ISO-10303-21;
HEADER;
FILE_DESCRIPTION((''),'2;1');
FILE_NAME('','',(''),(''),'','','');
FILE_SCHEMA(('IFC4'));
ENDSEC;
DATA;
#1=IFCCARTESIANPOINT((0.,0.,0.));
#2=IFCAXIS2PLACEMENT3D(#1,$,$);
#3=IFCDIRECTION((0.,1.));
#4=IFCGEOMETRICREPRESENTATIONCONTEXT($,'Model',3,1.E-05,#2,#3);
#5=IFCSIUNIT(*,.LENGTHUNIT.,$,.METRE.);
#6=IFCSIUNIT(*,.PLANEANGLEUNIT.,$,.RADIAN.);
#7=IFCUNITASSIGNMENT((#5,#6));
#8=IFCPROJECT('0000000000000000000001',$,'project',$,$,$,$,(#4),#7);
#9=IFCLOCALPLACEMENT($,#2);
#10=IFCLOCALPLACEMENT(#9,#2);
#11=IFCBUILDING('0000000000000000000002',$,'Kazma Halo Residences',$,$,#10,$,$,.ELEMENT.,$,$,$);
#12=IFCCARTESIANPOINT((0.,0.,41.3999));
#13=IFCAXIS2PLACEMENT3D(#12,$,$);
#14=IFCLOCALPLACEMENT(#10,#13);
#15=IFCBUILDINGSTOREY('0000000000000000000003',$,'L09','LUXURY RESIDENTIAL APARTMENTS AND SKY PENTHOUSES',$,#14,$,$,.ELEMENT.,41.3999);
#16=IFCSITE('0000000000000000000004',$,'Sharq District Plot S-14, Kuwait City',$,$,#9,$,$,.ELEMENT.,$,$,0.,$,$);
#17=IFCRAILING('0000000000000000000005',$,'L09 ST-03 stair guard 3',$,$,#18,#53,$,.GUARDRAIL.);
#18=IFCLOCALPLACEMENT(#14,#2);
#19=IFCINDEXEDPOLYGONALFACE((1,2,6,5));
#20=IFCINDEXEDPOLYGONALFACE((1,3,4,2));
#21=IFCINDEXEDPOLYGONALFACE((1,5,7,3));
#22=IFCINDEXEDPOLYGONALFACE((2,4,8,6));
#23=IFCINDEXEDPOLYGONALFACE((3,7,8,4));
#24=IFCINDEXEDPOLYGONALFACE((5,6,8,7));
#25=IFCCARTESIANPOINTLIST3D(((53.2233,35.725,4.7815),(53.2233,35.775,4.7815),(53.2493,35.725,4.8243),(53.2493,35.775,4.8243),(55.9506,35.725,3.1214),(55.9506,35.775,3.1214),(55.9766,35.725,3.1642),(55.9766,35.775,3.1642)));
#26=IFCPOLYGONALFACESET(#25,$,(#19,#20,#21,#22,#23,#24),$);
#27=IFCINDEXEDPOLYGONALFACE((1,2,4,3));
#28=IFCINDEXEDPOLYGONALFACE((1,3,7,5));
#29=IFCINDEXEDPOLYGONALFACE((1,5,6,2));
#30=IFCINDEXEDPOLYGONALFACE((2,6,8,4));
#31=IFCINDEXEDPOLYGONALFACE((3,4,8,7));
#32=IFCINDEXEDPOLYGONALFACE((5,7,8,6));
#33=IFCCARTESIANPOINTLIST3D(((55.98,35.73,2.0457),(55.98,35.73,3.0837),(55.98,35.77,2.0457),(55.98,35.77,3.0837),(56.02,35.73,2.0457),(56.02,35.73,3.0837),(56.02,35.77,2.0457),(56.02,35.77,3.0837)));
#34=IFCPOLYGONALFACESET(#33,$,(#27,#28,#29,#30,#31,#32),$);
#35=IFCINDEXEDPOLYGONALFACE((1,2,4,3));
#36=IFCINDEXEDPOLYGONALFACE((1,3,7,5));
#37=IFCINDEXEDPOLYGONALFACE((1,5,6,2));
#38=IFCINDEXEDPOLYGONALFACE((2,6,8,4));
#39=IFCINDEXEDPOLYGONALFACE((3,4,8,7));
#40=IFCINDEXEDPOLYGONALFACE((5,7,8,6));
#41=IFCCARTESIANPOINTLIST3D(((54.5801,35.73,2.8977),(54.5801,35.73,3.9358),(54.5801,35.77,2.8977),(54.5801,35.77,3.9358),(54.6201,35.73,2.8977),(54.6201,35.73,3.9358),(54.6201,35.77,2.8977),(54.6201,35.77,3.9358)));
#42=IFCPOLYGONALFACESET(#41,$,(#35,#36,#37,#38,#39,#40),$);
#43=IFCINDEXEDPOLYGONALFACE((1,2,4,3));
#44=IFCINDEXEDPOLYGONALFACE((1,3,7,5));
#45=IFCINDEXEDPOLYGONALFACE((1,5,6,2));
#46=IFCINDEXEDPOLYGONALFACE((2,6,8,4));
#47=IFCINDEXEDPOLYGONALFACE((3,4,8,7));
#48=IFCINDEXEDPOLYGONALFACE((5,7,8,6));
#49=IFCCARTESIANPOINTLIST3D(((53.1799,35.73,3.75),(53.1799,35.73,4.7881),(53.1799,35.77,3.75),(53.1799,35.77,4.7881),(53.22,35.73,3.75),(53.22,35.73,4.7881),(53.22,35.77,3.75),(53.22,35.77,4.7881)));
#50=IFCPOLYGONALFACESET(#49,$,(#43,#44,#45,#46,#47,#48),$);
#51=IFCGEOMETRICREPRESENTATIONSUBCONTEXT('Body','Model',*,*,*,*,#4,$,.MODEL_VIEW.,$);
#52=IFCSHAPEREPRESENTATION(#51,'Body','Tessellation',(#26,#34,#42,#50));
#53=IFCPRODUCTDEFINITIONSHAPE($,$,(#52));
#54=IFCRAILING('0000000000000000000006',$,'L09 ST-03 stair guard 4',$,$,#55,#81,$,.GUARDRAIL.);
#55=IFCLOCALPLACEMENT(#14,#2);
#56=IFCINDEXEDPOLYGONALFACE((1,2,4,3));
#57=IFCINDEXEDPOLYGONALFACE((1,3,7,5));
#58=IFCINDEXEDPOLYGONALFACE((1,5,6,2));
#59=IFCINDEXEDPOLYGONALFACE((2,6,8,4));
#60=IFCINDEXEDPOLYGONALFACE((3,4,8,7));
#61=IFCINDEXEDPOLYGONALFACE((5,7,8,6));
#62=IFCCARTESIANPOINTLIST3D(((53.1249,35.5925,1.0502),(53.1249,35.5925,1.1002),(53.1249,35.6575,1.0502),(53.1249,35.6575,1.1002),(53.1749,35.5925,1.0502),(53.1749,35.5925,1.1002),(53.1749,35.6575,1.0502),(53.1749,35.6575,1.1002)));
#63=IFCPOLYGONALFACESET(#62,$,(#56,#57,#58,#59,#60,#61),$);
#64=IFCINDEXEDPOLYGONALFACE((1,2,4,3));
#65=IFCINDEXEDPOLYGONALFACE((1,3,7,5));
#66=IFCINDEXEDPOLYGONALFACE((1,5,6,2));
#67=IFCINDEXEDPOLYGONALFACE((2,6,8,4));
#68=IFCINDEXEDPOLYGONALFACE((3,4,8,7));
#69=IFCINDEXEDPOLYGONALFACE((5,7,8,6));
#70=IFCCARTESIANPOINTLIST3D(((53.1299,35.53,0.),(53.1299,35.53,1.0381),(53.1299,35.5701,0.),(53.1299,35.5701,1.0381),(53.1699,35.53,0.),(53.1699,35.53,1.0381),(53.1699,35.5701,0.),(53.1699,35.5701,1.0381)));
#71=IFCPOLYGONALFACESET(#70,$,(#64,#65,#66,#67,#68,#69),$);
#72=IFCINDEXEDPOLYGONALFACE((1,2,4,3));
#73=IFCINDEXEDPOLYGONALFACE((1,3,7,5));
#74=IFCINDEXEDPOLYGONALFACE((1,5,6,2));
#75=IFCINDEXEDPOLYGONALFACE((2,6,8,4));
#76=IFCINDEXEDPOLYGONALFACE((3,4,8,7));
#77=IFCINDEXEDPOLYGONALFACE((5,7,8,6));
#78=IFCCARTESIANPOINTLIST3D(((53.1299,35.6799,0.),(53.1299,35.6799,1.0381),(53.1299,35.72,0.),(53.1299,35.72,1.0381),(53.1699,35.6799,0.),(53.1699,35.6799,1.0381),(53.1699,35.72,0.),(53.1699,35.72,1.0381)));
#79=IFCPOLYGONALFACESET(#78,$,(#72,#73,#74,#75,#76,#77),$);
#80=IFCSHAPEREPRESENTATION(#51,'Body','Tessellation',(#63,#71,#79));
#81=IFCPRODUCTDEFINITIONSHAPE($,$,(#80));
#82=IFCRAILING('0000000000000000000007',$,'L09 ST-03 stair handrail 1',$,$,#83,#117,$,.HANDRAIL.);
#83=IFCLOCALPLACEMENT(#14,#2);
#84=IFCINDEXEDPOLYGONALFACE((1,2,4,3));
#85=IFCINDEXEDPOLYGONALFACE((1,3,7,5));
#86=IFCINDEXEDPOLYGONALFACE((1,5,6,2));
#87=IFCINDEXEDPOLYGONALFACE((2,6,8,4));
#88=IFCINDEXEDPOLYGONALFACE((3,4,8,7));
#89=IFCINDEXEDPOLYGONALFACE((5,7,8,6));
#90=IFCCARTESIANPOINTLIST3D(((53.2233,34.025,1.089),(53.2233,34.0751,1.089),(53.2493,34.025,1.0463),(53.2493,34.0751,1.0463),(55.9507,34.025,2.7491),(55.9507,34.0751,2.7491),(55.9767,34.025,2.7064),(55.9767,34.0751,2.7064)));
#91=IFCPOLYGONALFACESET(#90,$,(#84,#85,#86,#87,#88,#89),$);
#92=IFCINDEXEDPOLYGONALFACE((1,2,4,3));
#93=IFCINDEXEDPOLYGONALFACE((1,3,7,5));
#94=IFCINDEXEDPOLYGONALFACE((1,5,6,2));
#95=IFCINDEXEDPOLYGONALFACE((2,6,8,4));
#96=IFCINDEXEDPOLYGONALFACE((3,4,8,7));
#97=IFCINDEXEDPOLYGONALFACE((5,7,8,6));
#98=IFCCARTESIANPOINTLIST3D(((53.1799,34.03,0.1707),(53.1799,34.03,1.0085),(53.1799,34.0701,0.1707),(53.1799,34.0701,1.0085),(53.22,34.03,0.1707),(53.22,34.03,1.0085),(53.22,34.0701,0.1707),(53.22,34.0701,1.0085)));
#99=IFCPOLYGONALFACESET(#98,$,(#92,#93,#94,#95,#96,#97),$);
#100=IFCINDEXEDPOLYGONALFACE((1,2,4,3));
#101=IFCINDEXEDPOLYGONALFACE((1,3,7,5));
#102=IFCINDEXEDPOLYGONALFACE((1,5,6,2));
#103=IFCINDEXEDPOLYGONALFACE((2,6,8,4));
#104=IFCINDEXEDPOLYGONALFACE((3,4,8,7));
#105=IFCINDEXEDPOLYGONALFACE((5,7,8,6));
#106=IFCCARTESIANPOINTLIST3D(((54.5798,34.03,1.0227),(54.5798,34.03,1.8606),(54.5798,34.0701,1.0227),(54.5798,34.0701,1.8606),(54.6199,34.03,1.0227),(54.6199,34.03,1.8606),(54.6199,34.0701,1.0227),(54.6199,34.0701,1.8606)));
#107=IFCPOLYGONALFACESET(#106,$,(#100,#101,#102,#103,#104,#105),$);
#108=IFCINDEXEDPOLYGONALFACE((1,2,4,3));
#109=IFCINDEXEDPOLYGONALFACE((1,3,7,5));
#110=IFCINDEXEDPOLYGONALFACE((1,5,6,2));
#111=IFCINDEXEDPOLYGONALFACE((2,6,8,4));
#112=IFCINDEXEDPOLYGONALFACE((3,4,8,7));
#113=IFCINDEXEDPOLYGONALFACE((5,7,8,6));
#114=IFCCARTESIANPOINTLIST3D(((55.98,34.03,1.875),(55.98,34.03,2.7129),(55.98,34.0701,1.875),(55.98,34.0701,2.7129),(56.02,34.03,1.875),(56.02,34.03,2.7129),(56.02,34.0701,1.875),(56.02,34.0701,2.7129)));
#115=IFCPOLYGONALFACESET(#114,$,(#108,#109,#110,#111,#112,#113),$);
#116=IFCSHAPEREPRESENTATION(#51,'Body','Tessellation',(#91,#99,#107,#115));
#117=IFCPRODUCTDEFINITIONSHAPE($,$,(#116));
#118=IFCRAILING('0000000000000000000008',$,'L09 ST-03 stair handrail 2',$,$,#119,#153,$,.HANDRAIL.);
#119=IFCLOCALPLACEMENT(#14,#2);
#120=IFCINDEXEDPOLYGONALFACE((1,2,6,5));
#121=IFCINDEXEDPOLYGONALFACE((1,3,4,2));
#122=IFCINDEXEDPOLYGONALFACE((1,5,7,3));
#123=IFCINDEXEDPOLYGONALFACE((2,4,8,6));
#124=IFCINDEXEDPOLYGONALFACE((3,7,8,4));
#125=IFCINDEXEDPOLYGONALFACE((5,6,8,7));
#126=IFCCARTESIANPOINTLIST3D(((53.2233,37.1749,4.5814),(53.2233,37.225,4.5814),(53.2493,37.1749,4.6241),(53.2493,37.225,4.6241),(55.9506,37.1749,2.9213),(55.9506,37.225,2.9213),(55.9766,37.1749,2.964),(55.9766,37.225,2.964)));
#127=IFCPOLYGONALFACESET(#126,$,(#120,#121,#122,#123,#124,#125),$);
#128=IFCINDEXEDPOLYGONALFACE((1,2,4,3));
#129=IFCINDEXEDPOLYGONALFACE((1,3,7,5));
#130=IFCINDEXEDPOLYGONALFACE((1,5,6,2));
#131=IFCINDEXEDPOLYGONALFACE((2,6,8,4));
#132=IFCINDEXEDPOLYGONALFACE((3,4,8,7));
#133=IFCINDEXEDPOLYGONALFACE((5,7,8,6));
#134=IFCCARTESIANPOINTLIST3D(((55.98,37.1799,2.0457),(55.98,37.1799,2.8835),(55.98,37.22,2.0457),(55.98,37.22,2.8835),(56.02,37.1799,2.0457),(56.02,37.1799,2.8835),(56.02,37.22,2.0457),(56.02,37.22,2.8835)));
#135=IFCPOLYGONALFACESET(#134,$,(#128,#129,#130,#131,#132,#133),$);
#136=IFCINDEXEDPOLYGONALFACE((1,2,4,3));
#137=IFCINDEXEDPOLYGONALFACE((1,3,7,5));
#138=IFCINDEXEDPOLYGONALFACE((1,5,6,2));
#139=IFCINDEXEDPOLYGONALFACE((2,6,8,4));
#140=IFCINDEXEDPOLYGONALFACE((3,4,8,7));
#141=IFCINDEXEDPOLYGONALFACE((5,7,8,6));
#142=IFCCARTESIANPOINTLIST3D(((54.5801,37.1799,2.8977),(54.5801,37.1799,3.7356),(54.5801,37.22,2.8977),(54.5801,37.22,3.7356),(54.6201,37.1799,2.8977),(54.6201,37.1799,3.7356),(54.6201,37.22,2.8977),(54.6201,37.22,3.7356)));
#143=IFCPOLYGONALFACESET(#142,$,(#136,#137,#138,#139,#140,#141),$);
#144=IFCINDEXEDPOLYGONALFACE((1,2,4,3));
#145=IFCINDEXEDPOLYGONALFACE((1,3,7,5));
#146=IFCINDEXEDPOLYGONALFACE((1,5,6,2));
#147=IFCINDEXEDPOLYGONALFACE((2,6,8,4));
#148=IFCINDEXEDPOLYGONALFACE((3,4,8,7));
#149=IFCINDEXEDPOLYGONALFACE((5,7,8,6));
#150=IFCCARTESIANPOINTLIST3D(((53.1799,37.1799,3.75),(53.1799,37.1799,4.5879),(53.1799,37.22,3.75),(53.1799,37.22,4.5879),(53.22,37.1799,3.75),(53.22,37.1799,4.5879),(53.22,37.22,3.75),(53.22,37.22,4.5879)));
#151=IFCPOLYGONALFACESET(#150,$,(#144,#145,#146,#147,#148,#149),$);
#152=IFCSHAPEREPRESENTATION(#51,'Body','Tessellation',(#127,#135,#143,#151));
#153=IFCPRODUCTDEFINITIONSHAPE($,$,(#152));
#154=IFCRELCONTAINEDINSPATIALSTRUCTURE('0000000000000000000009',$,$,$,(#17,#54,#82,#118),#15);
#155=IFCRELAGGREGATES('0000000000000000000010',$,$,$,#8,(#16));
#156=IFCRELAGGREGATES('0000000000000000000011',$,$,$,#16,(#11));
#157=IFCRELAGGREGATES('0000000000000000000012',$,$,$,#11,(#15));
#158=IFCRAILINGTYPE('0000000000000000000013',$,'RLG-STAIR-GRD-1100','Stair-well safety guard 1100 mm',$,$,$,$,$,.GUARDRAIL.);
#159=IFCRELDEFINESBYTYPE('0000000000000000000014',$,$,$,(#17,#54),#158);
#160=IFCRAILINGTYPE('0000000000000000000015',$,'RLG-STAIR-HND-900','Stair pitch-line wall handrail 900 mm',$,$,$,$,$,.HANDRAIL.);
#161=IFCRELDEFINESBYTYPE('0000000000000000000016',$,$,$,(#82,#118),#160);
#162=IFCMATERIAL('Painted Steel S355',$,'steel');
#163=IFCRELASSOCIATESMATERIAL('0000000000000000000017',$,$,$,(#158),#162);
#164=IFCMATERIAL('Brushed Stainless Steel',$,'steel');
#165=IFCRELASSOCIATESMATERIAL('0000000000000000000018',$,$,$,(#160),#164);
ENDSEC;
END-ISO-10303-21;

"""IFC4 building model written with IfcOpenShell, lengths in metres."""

from ifc_helpers import new_model, si_unit, direction, frame, origin, origin_2d, place, context, subcontext, project, spatial, rectangle, extrude, material, type_object, element, save


model = new_model("IFC4")

# Units and contexts
model_context = context("Model", 3, precision=1e-05, world=origin(), true_north=direction((0.0, 1.0)))
body_context = subcontext(model_context, "Body", "Model", "MODEL_VIEW")
ifc_project = project(units=[si_unit("LENGTHUNIT", "METRE"), si_unit("PLANEANGLEUNIT", "RADIAN")], contexts=[model_context])

# Site, building, storey
site_placement = place(None, origin())
site = spatial("IfcSite", under=ifc_project, at=site_placement, Name="Sharq District Plot S-14, Kuwait City", CompositionType="ELEMENT", RefElevation=0.0)
building_placement = place(site_placement, origin())
building = spatial("IfcBuilding", under=site, at=building_placement, Name="Kazma Halo Residences", CompositionType="ELEMENT")
storey_placement = place(building_placement, frame((0.0, 0.0, 41.3999)))
storey = spatial("IfcBuildingStorey", under=building, at=storey_placement, Name="L09", Description="LUXURY RESIDENTIAL APARTMENTS AND SKY PENTHOUSES", CompositionType="ELEMENT", Elevation=41.3999)

# Railings
ifc_material_1 = material(Name="Painted Steel S355", Category="steel")
railing_type_1 = type_object("IfcRailingType", Name="RLG-STAIR-GRD-1100", Description="Stair-well safety guard 1100 mm", PredefinedType="GUARDRAIL", material=ifc_material_1)
railing_1_placement = place(storey_placement, frame((56.0, 35.75, 2.0457)))
element("IfcRailing", 1, at=railing_1_placement, inside=storey, type_object=railing_type_1, Name="L09 ST-03 stair guard 3", PredefinedType="GUARDRAIL", context=body_context, shape_type="SweptSolid", body=[
    extrude(rectangle(XDim=0.05, YDim=0.05, at=origin_2d()), frame((-0.0364, 0.0, 1.0972), z_axis=(-0.854203, 0.0, 0.51994), x_axis=(0.0, -1.0, 0.0)), (0.0, 0.0, 1.0), 3.1929),
    extrude(rectangle(XDim=0.04, YDim=0.04, at=origin_2d()), origin(), (0.0, 0.0, 1.0), 1.0381),
    extrude(rectangle(XDim=0.04, YDim=0.04, at=origin_2d()), frame((-1.3999, 0.0, 0.8521)), (0.0, 0.0, 1.0), 1.0381),
    extrude(rectangle(XDim=0.04, YDim=0.04, at=origin_2d()), frame((-2.8, 0.0, 1.7043)), (0.0, 0.0, 1.0), 1.0381),
])
railing_2_placement = place(storey_placement, frame((53.1499, 35.55, 0.0)))
element("IfcRailing", 2, at=railing_2_placement, inside=storey, type_object=railing_type_1, Name="L09 ST-03 stair guard 4", PredefinedType="GUARDRAIL", context=body_context, shape_type="SweptSolid", body=[
    extrude(rectangle(XDim=0.05, YDim=0.05, at=origin_2d()), frame((0.0, 0.0425, 1.0752), z_axis=(0.0, 1.0, 0.0), x_axis=(-1.0, 0.0, 0.0)), (0.0, 0.0, 1.0), 0.0649),
    extrude(rectangle(XDim=0.04, YDim=0.04, at=origin_2d()), origin(), (0.0, 0.0, 1.0), 1.0381),
    extrude(rectangle(XDim=0.04, YDim=0.04, at=origin_2d()), frame((0.0, 0.1499, 0.0)), (0.0, 0.0, 1.0), 1.0381),
])
ifc_material_2 = material(Name="Brushed Stainless Steel", Category="steel")
railing_type_2 = type_object("IfcRailingType", Name="RLG-STAIR-HND-900", Description="Stair pitch-line wall handrail 900 mm", PredefinedType="HANDRAIL", material=ifc_material_2)
railing_3_placement = place(storey_placement, frame((53.2, 34.05, 0.1707)))
element("IfcRailing", 3, at=railing_3_placement, inside=storey, type_object=railing_type_2, Name="L09 ST-03 stair handrail 1", PredefinedType="HANDRAIL", context=body_context, shape_type="SweptSolid", body=[
    extrude(rectangle(XDim=0.05, YDim=0.05, at=origin_2d()), frame((0.0364, 0.0, 0.897), z_axis=(0.854203, 0.0, 0.51994), x_axis=(0.0, 1.0, 0.0)), (0.0, 0.0, 1.0), 3.1929),
    extrude(rectangle(XDim=0.04, YDim=0.04, at=origin_2d()), origin(), (0.0, 0.0, 1.0), 0.8379),
    extrude(rectangle(XDim=0.04, YDim=0.04, at=origin_2d()), frame((1.3999, 0.0, 0.8521)), (0.0, 0.0, 1.0), 0.8379),
    extrude(rectangle(XDim=0.04, YDim=0.04, at=origin_2d()), frame((2.8, 0.0, 1.7043)), (0.0, 0.0, 1.0), 0.8379),
])
railing_4_placement = place(storey_placement, frame((56.0, 37.2, 2.0457)))
element("IfcRailing", 4, at=railing_4_placement, inside=storey, type_object=railing_type_2, Name="L09 ST-03 stair handrail 2", PredefinedType="HANDRAIL", context=body_context, shape_type="SweptSolid", body=[
    extrude(rectangle(XDim=0.05, YDim=0.05, at=origin_2d()), frame((-0.0364, 0.0, 0.897), z_axis=(-0.854203, 0.0, 0.51994), x_axis=(0.0, -1.0, 0.0)), (0.0, 0.0, 1.0), 3.1929),
    extrude(rectangle(XDim=0.04, YDim=0.04, at=origin_2d()), origin(), (0.0, 0.0, 1.0), 0.8379),
    extrude(rectangle(XDim=0.04, YDim=0.04, at=origin_2d()), frame((-1.3999, 0.0, 0.8521)), (0.0, 0.0, 1.0), 0.8379),
    extrude(rectangle(XDim=0.04, YDim=0.04, at=origin_2d()), frame((-2.8, 0.0, 1.7043)), (0.0, 0.0, 1.0), 0.8379),
])

save(model, "model.ifc")
